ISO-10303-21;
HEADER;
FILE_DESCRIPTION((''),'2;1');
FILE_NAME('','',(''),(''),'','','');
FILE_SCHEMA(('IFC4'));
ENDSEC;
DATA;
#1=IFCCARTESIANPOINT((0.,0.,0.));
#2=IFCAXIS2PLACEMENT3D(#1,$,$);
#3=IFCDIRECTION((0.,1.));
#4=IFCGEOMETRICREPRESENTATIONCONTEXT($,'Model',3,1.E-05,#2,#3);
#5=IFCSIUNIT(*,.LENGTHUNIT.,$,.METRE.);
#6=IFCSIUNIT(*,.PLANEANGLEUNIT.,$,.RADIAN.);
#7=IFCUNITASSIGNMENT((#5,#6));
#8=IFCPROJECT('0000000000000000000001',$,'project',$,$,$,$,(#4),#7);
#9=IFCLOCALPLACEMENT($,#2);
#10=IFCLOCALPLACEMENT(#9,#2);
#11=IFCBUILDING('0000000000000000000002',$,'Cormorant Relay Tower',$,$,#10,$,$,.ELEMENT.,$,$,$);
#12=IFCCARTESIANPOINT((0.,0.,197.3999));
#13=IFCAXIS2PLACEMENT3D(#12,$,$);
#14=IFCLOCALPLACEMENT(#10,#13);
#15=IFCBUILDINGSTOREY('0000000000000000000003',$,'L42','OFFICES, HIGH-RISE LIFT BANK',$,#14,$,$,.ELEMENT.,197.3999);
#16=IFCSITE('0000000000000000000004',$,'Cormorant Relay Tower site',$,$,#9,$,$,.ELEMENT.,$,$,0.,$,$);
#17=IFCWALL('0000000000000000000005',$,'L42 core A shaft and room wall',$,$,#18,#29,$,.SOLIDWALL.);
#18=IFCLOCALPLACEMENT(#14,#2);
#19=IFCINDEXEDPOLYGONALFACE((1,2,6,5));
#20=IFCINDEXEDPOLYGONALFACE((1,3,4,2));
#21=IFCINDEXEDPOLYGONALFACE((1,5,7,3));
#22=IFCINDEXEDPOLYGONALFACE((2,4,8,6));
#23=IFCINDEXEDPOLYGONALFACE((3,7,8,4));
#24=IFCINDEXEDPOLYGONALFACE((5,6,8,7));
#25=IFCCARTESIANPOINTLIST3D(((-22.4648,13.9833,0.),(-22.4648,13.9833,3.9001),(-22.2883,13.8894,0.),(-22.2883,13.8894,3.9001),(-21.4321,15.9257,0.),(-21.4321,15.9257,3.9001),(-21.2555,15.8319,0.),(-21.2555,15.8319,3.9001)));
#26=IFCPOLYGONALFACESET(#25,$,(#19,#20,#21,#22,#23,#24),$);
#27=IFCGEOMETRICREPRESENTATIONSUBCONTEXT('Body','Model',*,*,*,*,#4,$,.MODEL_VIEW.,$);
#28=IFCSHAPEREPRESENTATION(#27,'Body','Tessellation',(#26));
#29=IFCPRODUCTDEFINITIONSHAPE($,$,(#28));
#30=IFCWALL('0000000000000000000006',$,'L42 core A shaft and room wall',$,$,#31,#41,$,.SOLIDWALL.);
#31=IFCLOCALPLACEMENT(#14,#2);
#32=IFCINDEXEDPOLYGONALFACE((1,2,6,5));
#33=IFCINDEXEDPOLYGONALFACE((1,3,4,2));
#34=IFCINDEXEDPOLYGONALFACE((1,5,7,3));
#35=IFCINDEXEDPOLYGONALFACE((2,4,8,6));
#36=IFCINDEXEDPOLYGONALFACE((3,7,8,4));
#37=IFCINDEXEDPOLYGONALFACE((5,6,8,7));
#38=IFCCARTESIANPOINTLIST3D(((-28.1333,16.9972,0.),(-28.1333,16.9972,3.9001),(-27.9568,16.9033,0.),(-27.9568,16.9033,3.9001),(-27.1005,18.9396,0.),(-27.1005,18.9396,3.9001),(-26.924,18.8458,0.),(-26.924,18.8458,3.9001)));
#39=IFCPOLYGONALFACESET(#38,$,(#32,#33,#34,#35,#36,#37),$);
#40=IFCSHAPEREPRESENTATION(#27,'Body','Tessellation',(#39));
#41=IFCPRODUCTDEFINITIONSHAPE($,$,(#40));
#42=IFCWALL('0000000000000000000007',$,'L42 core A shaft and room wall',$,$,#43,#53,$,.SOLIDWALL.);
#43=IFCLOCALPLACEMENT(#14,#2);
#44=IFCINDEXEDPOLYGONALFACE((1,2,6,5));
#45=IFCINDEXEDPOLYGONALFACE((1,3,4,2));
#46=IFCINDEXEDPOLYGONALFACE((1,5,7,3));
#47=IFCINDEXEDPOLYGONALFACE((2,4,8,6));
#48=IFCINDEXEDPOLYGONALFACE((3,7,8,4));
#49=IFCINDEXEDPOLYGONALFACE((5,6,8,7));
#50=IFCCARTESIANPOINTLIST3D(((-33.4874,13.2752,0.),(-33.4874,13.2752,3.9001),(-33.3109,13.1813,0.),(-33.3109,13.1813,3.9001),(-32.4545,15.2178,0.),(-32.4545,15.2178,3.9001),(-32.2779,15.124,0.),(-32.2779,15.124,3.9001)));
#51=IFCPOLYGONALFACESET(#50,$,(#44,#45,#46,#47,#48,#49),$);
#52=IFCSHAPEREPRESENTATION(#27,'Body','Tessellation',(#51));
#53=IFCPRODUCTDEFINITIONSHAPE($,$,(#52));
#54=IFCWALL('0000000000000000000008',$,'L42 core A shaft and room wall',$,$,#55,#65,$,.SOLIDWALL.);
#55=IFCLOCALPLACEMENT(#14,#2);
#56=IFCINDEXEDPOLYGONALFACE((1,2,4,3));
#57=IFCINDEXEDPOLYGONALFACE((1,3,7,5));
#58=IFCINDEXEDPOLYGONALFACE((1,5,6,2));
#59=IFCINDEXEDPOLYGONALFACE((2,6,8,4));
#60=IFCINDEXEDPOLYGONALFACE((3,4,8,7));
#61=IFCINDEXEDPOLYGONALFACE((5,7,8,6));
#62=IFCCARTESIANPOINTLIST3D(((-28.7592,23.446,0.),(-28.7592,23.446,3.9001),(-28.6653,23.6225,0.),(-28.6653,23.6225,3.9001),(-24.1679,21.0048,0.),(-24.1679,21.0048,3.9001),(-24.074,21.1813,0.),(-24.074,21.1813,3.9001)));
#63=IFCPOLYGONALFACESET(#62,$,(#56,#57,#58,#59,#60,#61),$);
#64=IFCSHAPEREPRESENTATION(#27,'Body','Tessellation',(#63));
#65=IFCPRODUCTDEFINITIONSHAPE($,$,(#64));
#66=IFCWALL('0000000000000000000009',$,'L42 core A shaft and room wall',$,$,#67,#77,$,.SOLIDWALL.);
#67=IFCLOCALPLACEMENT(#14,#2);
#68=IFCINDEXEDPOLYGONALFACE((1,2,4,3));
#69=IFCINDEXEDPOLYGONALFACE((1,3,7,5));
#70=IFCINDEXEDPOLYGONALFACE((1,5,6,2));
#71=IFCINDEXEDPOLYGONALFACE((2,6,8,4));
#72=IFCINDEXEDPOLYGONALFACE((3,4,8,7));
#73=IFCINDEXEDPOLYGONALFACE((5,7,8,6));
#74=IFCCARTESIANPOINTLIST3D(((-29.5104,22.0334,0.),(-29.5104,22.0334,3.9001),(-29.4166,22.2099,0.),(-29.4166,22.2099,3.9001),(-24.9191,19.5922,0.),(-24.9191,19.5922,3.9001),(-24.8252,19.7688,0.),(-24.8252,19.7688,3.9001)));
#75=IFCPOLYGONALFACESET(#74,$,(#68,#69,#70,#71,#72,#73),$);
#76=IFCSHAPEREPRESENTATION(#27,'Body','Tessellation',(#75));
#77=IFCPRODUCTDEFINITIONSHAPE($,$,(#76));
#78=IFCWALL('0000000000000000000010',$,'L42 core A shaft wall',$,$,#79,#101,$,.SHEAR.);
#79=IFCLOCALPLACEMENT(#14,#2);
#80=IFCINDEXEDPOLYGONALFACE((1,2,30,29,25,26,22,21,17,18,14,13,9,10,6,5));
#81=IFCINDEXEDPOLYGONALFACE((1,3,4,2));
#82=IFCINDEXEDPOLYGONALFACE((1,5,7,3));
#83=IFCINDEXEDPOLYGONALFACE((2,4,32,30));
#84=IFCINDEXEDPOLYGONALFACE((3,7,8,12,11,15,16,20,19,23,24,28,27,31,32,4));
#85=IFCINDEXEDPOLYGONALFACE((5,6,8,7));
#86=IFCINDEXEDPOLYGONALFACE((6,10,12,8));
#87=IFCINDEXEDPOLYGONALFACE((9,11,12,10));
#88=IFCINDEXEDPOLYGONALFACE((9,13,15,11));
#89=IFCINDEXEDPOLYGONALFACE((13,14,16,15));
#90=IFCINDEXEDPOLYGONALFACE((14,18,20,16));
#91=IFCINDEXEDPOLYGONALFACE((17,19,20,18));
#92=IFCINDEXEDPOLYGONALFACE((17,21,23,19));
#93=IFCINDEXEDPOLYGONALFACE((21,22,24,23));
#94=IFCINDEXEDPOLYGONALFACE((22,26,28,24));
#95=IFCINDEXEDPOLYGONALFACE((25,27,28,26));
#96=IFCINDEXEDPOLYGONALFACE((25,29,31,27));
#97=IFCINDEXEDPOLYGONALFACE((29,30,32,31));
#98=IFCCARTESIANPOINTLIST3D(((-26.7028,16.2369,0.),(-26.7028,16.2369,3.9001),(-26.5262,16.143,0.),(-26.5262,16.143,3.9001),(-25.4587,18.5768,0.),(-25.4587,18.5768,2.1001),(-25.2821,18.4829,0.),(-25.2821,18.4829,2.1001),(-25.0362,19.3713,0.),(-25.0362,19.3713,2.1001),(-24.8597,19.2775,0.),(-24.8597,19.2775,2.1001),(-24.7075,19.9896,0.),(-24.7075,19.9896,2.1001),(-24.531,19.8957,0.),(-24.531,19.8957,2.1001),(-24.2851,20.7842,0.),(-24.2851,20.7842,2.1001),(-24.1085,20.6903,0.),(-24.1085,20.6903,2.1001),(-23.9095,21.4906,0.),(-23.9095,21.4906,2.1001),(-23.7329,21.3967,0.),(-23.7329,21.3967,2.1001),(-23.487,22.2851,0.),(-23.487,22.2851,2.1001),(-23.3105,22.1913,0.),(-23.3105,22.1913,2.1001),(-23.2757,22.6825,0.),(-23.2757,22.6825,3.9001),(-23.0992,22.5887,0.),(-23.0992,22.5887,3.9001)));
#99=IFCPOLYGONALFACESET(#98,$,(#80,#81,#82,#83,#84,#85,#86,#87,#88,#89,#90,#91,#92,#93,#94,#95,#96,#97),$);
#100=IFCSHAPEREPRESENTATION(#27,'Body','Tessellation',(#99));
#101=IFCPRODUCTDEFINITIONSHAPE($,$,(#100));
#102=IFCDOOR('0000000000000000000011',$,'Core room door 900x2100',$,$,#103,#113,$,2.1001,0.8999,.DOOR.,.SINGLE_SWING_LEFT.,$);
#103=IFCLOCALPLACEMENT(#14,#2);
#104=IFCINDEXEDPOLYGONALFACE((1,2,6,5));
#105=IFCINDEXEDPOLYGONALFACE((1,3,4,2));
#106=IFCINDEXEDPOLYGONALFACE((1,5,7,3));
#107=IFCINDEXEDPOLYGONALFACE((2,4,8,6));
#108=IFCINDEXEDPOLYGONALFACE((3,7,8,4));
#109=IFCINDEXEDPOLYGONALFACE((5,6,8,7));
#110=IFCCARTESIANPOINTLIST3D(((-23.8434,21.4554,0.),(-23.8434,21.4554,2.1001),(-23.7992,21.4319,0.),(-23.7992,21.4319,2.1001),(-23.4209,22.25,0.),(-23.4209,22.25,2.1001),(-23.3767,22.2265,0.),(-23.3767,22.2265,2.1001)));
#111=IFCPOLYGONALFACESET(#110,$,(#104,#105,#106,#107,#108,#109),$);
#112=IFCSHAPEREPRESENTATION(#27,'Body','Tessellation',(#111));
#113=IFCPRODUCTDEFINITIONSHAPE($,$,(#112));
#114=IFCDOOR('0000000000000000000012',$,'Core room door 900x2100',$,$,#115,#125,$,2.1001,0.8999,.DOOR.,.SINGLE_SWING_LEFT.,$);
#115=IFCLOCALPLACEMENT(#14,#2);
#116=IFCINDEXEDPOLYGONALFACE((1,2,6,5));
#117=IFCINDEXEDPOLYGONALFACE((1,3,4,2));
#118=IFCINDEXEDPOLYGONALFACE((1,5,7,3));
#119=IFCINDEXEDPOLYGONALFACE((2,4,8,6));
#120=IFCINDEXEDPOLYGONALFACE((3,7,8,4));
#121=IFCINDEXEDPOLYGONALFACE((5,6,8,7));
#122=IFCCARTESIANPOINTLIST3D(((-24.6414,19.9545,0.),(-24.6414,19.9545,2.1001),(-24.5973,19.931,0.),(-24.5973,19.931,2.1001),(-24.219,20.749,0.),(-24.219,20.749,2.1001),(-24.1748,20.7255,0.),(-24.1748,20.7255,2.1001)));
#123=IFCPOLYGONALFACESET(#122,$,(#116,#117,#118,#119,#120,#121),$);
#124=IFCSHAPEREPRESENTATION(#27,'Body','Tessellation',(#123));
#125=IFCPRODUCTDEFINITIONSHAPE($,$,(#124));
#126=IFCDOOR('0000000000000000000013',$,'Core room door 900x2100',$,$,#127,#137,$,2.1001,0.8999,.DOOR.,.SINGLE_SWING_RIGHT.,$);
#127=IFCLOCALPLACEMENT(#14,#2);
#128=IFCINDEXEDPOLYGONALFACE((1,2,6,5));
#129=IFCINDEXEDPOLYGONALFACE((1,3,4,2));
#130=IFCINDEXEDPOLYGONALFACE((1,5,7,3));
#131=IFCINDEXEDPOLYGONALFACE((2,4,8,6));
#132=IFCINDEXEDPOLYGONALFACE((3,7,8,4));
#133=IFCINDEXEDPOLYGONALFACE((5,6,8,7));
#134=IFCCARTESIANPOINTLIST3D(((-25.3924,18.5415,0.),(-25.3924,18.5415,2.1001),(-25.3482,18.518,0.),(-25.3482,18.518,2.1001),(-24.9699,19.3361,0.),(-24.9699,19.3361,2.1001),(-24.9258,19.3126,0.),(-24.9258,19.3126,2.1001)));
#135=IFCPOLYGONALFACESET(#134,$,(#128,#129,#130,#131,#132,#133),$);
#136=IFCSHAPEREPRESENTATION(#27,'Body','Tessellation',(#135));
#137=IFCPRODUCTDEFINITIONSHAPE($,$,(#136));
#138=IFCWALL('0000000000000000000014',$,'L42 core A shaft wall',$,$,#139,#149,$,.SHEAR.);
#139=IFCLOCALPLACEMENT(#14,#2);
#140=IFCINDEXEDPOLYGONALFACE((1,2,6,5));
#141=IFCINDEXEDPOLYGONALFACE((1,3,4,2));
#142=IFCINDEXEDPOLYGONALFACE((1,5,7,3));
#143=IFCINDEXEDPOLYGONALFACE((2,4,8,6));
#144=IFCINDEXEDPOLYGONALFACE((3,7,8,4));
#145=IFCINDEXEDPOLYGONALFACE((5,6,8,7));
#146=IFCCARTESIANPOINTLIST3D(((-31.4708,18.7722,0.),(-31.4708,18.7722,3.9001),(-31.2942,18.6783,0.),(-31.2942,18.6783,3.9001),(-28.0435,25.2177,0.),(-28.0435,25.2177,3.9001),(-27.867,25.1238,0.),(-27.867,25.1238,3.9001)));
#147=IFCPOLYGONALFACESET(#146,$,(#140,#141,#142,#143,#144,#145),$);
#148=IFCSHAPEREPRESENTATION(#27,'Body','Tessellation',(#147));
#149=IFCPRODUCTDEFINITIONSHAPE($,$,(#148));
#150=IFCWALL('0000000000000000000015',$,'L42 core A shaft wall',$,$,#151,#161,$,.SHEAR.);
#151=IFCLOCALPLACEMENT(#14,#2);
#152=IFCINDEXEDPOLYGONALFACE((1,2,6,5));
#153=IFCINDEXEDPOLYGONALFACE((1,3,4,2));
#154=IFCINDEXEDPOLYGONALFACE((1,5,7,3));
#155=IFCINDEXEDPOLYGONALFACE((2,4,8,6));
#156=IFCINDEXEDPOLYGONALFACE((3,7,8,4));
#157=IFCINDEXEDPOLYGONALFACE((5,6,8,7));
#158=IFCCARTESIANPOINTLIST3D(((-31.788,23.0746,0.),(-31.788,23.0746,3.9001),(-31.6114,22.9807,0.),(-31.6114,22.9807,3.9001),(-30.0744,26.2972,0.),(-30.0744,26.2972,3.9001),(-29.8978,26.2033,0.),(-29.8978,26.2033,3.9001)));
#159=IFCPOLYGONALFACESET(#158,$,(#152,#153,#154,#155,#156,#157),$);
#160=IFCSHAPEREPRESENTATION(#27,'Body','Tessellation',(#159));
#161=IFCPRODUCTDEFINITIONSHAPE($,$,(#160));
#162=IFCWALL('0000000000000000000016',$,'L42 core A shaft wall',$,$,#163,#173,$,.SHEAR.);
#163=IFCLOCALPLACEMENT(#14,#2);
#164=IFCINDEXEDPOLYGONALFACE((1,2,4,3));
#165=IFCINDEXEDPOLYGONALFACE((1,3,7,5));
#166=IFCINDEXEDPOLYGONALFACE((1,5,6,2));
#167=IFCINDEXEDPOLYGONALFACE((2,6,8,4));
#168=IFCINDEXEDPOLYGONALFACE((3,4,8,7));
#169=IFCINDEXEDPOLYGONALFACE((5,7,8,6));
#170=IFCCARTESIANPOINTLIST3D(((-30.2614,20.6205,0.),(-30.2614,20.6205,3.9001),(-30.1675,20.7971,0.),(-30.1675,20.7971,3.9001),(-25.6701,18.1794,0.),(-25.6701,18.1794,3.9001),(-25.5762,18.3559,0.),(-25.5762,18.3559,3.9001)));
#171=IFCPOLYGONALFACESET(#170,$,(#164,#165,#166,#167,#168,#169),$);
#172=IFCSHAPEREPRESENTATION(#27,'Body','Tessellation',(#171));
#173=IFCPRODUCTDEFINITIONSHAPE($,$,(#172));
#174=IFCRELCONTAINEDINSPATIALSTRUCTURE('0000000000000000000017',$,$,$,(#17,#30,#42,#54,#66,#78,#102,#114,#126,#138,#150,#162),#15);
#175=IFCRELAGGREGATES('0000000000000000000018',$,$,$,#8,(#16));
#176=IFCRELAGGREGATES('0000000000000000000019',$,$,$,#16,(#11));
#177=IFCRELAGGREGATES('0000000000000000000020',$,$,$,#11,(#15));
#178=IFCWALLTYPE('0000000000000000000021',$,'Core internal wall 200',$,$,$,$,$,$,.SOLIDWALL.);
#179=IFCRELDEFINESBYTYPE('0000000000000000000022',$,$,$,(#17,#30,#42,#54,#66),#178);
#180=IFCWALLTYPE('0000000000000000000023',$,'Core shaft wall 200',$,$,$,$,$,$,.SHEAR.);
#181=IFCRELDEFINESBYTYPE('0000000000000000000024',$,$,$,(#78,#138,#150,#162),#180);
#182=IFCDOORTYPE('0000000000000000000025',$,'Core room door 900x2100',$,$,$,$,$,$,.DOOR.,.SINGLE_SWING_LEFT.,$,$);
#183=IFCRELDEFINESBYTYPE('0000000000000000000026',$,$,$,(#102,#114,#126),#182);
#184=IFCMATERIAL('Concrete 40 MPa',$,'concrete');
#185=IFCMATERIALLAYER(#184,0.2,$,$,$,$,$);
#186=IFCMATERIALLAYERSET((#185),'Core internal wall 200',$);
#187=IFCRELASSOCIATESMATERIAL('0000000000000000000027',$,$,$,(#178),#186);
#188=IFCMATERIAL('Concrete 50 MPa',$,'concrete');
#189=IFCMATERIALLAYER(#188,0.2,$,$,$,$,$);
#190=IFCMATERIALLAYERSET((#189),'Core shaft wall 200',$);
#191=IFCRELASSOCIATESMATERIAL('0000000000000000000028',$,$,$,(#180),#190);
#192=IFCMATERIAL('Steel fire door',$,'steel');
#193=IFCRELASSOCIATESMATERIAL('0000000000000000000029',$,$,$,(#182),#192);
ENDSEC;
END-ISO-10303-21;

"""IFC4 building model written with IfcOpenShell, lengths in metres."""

from ifc_helpers import new_model, si_unit, direction, frame, frame_2d, origin, place, context, subcontext, project, spatial, rectangle, extrude, material, layer, layer_set, type_object, element, fill, save


model = new_model("IFC4")

# Units and contexts
model_context = context("Model", 3, precision=1e-05, world=origin(), true_north=direction((0.0, 1.0)))
body_context = subcontext(model_context, "Body", "Model", "MODEL_VIEW")
ifc_project = project(units=[si_unit("LENGTHUNIT", "METRE"), si_unit("PLANEANGLEUNIT", "RADIAN")], contexts=[model_context])

# Site, building, storey
site_placement = place(None, origin())
site = spatial("IfcSite", under=ifc_project, at=site_placement, Name="Cormorant Relay Tower site", CompositionType="ELEMENT", RefElevation=0.0)
building_placement = place(site_placement, origin())
building = spatial("IfcBuilding", under=site, at=building_placement, Name="Cormorant Relay Tower", CompositionType="ELEMENT")
storey_placement = place(building_placement, frame((0.0, 0.0, 197.3999)))
storey = spatial("IfcBuildingStorey", under=building, at=storey_placement, Name="L42", Description="OFFICES, HIGH-RISE LIFT BANK", CompositionType="ELEMENT", Elevation=197.3999)

# Walls
ifc_material_1 = material(Name="Concrete 40 MPa", Category="concrete")
ifc_layer_1 = layer(ifc_material_1, 0.2)
ifc_layer_set_1 = layer_set([ifc_layer_1], Name="Core internal wall 200")
wall_type_1 = type_object("IfcWallType", Name="Core internal wall 200", PredefinedType="SOLIDWALL", material=ifc_layer_set_1)
for number, where, z_axis, x_axis, name in (
    (1, (-21.3438, 15.8789, 0.0), (0.0, 0.0, 1.0), (-0.469447, -0.88296, 0.0), "L42 core A shaft and room wall"),
    (2, (-27.0122, 18.8928, 0.0), (0.0, 0.0, 1.0), (-0.469447, -0.88296, 0.0), "L42 core A shaft and room wall"),
):
    element("IfcWall", number, at=place(storey_placement, frame(where, z_axis=z_axis, x_axis=x_axis)), inside=storey, type_object=wall_type_1, Name=name, PredefinedType="SOLIDWALL", context=body_context, shape_type="SweptSolid", body=[
        extrude(rectangle(XDim=2.2, YDim=0.2, at=frame_2d((1.1001, 0.0))), origin(), (0.0, 0.0, 1.0), 3.9001),
    ])
wall_1_placement = place(storey_placement, frame((-32.3662, 15.1709, 0.0), z_axis=(0.0, 0.0, 1.0), x_axis=(-0.469488, -0.882939, 0.0)))
element("IfcWall", 3, at=wall_1_placement, inside=storey, type_object=wall_type_1, Name="L42 core A shaft and room wall", PredefinedType="SOLIDWALL", context=body_context, shape_type="SweptSolid", body=[
    extrude(rectangle(XDim=2.2002, YDim=0.2, at=frame_2d((1.1001, 0.0))), origin(), (0.0, 0.0, 1.0), 3.9001),
])
for number, where, z_axis, x_axis, name in (
    (4, (-24.1208, 21.093, 0.0), (0.0, 0.0, 1.0), (-0.882954, 0.46946, 0.0), "L42 core A shaft and room wall"),
    (5, (-24.8721, 19.6804, 0.0), (0.0, 0.0, 1.0), (-0.882954, 0.46946, 0.0), "L42 core A shaft and room wall"),
):
    element("IfcWall", number, at=place(storey_placement, frame(where, z_axis=z_axis, x_axis=x_axis)), inside=storey, type_object=wall_type_1, Name=name, PredefinedType="SOLIDWALL", context=body_context, shape_type="SweptSolid", body=[
        extrude(rectangle(XDim=5.2, YDim=0.2, at=frame_2d((2.6001, 0.0))), origin(), (0.0, 0.0, 1.0), 3.9001),
    ])

# Wall, openings, doors
ifc_material_2 = material(Name="Concrete 50 MPa", Category="concrete")
ifc_layer_2 = layer(ifc_material_2, 0.2)
ifc_layer_set_2 = layer_set([ifc_layer_2], Name="Core shaft wall 200")
wall_type_2 = type_object("IfcWallType", Name="Core shaft wall 200", PredefinedType="SHEAR", material=ifc_layer_set_2)
wall_2_placement = place(storey_placement, frame((-23.1875, 22.6355, 0.0), z_axis=(0.0, 0.0, 1.0), x_axis=(-0.469454, -0.882957, 0.0)))
wall_2 = element("IfcWall", 6, at=wall_2_placement, inside=storey, type_object=wall_type_2, Name="L42 core A shaft wall", PredefinedType="SHEAR", context=body_context, shape_type="SweptSolid", body=[
    extrude(rectangle(XDim=7.3, YDim=0.2, at=frame_2d((3.6499, 0.0))), origin(), (0.0, 0.0, 1.0), 3.9001),
])
opening_1_placement = place(wall_2_placement, frame((0.45, 0.0, 0.0)))
opening_1 = element("IfcOpeningElement", 7, at=opening_1_placement, cuts=wall_2, PredefinedType="OPENING", context=body_context, shape_type="SweptSolid", body=[
    extrude(rectangle(XDim=0.8999, YDim=2.1001, at=frame_2d((0.45, 1.05))), frame((0.0, 0.1099, 0.0), z_axis=(0.0, -1.0, 0.0), x_axis=(1.0, 0.0, 0.0)), (0.0, 0.0, 1.0), 0.22),
])
opening_2_placement = place(wall_2_placement, frame((2.1499, 0.0, 0.0)))
opening_2 = element("IfcOpeningElement", 8, at=opening_2_placement, cuts=wall_2, PredefinedType="OPENING", context=body_context, shape_type="SweptSolid", body=[
    extrude(rectangle(XDim=0.8999, YDim=2.1001, at=frame_2d((0.45, 1.05))), frame((0.0, 0.1099, 0.0), z_axis=(0.0, -1.0, 0.0), x_axis=(1.0, 0.0, 0.0)), (0.0, 0.0, 1.0), 0.22),
])
opening_3_placement = place(wall_2_placement, frame((3.75, 0.0, 0.0)))
opening_3 = element("IfcOpeningElement", 9, at=opening_3_placement, cuts=wall_2, PredefinedType="OPENING", context=body_context, shape_type="SweptSolid", body=[
    extrude(rectangle(XDim=0.8999, YDim=2.1001, at=frame_2d((0.45, 1.05))), frame((0.0, 0.1099, 0.0), z_axis=(0.0, -1.0, 0.0), x_axis=(1.0, 0.0, 0.0)), (0.0, 0.0, 1.0), 0.22),
])
ifc_material_3 = material(Name="Steel fire door", Category="steel")
door_type_1 = type_object("IfcDoorType", Name="Core room door 900x2100", OperationType="SINGLE_SWING_LEFT", PredefinedType="DOOR", material=ifc_material_3)
door_1_placement = place(opening_1_placement, origin())
door_1 = element("IfcDoor", 10, at=door_1_placement, inside=storey, type_object=door_type_1, Name="Core room door 900x2100", OperationType="SINGLE_SWING_LEFT", OverallHeight=2.1001, OverallWidth=0.8999, PredefinedType="DOOR", context=body_context, shape_type="SweptSolid", body=[
    extrude(rectangle(XDim=0.8999, YDim=2.1001, at=frame_2d((0.45, 1.05))), frame((0.0, 0.0249, 0.0), z_axis=(0.0, -1.0, 0.0), x_axis=(1.0, 0.0, 0.0)), (0.0, 0.0, 1.0), 0.05),
])
fill(opening_1, door_1)
door_2_placement = place(opening_2_placement, origin())
door_2 = element("IfcDoor", 11, at=door_2_placement, inside=storey, type_object=door_type_1, Name="Core room door 900x2100", OperationType="SINGLE_SWING_LEFT", OverallHeight=2.1001, OverallWidth=0.8999, PredefinedType="DOOR", context=body_context, shape_type="SweptSolid", body=[
    extrude(rectangle(XDim=0.8999, YDim=2.1001, at=frame_2d((0.45, 1.05))), frame((0.0, 0.0249, 0.0), z_axis=(0.0, -1.0, 0.0), x_axis=(1.0, 0.0, 0.0)), (0.0, 0.0, 1.0), 0.05),
])
fill(opening_2, door_2)
door_3_placement = place(opening_3_placement, frame((0.8999, 0.0, 0.0), z_axis=(0.0, 0.0, 1.0), x_axis=(-1.0, 0.0, 0.0)))
door_3 = element("IfcDoor", 12, at=door_3_placement, inside=storey, type_object=door_type_1, Name="Core room door 900x2100", OperationType="SINGLE_SWING_RIGHT", OverallHeight=2.1001, OverallWidth=0.8999, PredefinedType="DOOR", context=body_context, shape_type="SweptSolid", body=[
    extrude(rectangle(XDim=0.8999, YDim=2.1001, at=frame_2d((0.45, 1.05))), frame((0.0, 0.0249, 0.0), z_axis=(0.0, -1.0, 0.0), x_axis=(1.0, 0.0, 0.0)), (0.0, 0.0, 1.0), 0.05),
])
fill(opening_3, door_3)

# Walls
wall_3_placement = place(storey_placement, frame((-27.9553, 25.1707, 0.0), z_axis=(0.0, 0.0, 1.0), x_axis=(-0.46948, -0.882943, 0.0)))
element("IfcWall", 13, at=wall_3_placement, inside=storey, type_object=wall_type_2, Name="L42 core A shaft wall", PredefinedType="SHEAR", context=body_context, shape_type="SweptSolid", body=[
    extrude(rectangle(XDim=7.3, YDim=0.2, at=frame_2d((3.6499, 0.0))), origin(), (0.0, 0.0, 1.0), 3.9001),
])
wall_4_placement = place(storey_placement, frame((-29.9861, 26.2502, 0.0), z_axis=(0.0, 0.0, 1.0), x_axis=(-0.469494, -0.882936, 0.0)))
element("IfcWall", 14, at=wall_4_placement, inside=storey, type_object=wall_type_2, Name="L42 core A shaft wall", PredefinedType="SHEAR", context=body_context, shape_type="SweptSolid", body=[
    extrude(rectangle(XDim=3.6499, YDim=0.2, at=frame_2d((1.825, 0.0))), origin(), (0.0, 0.0, 1.0), 3.9001),
])

# Wall
wall_5_placement = place(storey_placement, frame((-25.623, 18.2676, 0.0), z_axis=(0.0, 0.0, 1.0), x_axis=(-0.882954, 0.46946, 0.0)))
element("IfcWall", 15, at=wall_5_placement, inside=storey, type_object=wall_type_2, Name="L42 core A shaft wall", PredefinedType="SHEAR", context=body_context, shape_type="SweptSolid", body=[
    extrude(rectangle(XDim=5.2, YDim=0.2, at=frame_2d((2.6001, 0.0))), origin(), (0.0, 0.0, 1.0), 3.9001),
])

save(model, "model.ifc")
